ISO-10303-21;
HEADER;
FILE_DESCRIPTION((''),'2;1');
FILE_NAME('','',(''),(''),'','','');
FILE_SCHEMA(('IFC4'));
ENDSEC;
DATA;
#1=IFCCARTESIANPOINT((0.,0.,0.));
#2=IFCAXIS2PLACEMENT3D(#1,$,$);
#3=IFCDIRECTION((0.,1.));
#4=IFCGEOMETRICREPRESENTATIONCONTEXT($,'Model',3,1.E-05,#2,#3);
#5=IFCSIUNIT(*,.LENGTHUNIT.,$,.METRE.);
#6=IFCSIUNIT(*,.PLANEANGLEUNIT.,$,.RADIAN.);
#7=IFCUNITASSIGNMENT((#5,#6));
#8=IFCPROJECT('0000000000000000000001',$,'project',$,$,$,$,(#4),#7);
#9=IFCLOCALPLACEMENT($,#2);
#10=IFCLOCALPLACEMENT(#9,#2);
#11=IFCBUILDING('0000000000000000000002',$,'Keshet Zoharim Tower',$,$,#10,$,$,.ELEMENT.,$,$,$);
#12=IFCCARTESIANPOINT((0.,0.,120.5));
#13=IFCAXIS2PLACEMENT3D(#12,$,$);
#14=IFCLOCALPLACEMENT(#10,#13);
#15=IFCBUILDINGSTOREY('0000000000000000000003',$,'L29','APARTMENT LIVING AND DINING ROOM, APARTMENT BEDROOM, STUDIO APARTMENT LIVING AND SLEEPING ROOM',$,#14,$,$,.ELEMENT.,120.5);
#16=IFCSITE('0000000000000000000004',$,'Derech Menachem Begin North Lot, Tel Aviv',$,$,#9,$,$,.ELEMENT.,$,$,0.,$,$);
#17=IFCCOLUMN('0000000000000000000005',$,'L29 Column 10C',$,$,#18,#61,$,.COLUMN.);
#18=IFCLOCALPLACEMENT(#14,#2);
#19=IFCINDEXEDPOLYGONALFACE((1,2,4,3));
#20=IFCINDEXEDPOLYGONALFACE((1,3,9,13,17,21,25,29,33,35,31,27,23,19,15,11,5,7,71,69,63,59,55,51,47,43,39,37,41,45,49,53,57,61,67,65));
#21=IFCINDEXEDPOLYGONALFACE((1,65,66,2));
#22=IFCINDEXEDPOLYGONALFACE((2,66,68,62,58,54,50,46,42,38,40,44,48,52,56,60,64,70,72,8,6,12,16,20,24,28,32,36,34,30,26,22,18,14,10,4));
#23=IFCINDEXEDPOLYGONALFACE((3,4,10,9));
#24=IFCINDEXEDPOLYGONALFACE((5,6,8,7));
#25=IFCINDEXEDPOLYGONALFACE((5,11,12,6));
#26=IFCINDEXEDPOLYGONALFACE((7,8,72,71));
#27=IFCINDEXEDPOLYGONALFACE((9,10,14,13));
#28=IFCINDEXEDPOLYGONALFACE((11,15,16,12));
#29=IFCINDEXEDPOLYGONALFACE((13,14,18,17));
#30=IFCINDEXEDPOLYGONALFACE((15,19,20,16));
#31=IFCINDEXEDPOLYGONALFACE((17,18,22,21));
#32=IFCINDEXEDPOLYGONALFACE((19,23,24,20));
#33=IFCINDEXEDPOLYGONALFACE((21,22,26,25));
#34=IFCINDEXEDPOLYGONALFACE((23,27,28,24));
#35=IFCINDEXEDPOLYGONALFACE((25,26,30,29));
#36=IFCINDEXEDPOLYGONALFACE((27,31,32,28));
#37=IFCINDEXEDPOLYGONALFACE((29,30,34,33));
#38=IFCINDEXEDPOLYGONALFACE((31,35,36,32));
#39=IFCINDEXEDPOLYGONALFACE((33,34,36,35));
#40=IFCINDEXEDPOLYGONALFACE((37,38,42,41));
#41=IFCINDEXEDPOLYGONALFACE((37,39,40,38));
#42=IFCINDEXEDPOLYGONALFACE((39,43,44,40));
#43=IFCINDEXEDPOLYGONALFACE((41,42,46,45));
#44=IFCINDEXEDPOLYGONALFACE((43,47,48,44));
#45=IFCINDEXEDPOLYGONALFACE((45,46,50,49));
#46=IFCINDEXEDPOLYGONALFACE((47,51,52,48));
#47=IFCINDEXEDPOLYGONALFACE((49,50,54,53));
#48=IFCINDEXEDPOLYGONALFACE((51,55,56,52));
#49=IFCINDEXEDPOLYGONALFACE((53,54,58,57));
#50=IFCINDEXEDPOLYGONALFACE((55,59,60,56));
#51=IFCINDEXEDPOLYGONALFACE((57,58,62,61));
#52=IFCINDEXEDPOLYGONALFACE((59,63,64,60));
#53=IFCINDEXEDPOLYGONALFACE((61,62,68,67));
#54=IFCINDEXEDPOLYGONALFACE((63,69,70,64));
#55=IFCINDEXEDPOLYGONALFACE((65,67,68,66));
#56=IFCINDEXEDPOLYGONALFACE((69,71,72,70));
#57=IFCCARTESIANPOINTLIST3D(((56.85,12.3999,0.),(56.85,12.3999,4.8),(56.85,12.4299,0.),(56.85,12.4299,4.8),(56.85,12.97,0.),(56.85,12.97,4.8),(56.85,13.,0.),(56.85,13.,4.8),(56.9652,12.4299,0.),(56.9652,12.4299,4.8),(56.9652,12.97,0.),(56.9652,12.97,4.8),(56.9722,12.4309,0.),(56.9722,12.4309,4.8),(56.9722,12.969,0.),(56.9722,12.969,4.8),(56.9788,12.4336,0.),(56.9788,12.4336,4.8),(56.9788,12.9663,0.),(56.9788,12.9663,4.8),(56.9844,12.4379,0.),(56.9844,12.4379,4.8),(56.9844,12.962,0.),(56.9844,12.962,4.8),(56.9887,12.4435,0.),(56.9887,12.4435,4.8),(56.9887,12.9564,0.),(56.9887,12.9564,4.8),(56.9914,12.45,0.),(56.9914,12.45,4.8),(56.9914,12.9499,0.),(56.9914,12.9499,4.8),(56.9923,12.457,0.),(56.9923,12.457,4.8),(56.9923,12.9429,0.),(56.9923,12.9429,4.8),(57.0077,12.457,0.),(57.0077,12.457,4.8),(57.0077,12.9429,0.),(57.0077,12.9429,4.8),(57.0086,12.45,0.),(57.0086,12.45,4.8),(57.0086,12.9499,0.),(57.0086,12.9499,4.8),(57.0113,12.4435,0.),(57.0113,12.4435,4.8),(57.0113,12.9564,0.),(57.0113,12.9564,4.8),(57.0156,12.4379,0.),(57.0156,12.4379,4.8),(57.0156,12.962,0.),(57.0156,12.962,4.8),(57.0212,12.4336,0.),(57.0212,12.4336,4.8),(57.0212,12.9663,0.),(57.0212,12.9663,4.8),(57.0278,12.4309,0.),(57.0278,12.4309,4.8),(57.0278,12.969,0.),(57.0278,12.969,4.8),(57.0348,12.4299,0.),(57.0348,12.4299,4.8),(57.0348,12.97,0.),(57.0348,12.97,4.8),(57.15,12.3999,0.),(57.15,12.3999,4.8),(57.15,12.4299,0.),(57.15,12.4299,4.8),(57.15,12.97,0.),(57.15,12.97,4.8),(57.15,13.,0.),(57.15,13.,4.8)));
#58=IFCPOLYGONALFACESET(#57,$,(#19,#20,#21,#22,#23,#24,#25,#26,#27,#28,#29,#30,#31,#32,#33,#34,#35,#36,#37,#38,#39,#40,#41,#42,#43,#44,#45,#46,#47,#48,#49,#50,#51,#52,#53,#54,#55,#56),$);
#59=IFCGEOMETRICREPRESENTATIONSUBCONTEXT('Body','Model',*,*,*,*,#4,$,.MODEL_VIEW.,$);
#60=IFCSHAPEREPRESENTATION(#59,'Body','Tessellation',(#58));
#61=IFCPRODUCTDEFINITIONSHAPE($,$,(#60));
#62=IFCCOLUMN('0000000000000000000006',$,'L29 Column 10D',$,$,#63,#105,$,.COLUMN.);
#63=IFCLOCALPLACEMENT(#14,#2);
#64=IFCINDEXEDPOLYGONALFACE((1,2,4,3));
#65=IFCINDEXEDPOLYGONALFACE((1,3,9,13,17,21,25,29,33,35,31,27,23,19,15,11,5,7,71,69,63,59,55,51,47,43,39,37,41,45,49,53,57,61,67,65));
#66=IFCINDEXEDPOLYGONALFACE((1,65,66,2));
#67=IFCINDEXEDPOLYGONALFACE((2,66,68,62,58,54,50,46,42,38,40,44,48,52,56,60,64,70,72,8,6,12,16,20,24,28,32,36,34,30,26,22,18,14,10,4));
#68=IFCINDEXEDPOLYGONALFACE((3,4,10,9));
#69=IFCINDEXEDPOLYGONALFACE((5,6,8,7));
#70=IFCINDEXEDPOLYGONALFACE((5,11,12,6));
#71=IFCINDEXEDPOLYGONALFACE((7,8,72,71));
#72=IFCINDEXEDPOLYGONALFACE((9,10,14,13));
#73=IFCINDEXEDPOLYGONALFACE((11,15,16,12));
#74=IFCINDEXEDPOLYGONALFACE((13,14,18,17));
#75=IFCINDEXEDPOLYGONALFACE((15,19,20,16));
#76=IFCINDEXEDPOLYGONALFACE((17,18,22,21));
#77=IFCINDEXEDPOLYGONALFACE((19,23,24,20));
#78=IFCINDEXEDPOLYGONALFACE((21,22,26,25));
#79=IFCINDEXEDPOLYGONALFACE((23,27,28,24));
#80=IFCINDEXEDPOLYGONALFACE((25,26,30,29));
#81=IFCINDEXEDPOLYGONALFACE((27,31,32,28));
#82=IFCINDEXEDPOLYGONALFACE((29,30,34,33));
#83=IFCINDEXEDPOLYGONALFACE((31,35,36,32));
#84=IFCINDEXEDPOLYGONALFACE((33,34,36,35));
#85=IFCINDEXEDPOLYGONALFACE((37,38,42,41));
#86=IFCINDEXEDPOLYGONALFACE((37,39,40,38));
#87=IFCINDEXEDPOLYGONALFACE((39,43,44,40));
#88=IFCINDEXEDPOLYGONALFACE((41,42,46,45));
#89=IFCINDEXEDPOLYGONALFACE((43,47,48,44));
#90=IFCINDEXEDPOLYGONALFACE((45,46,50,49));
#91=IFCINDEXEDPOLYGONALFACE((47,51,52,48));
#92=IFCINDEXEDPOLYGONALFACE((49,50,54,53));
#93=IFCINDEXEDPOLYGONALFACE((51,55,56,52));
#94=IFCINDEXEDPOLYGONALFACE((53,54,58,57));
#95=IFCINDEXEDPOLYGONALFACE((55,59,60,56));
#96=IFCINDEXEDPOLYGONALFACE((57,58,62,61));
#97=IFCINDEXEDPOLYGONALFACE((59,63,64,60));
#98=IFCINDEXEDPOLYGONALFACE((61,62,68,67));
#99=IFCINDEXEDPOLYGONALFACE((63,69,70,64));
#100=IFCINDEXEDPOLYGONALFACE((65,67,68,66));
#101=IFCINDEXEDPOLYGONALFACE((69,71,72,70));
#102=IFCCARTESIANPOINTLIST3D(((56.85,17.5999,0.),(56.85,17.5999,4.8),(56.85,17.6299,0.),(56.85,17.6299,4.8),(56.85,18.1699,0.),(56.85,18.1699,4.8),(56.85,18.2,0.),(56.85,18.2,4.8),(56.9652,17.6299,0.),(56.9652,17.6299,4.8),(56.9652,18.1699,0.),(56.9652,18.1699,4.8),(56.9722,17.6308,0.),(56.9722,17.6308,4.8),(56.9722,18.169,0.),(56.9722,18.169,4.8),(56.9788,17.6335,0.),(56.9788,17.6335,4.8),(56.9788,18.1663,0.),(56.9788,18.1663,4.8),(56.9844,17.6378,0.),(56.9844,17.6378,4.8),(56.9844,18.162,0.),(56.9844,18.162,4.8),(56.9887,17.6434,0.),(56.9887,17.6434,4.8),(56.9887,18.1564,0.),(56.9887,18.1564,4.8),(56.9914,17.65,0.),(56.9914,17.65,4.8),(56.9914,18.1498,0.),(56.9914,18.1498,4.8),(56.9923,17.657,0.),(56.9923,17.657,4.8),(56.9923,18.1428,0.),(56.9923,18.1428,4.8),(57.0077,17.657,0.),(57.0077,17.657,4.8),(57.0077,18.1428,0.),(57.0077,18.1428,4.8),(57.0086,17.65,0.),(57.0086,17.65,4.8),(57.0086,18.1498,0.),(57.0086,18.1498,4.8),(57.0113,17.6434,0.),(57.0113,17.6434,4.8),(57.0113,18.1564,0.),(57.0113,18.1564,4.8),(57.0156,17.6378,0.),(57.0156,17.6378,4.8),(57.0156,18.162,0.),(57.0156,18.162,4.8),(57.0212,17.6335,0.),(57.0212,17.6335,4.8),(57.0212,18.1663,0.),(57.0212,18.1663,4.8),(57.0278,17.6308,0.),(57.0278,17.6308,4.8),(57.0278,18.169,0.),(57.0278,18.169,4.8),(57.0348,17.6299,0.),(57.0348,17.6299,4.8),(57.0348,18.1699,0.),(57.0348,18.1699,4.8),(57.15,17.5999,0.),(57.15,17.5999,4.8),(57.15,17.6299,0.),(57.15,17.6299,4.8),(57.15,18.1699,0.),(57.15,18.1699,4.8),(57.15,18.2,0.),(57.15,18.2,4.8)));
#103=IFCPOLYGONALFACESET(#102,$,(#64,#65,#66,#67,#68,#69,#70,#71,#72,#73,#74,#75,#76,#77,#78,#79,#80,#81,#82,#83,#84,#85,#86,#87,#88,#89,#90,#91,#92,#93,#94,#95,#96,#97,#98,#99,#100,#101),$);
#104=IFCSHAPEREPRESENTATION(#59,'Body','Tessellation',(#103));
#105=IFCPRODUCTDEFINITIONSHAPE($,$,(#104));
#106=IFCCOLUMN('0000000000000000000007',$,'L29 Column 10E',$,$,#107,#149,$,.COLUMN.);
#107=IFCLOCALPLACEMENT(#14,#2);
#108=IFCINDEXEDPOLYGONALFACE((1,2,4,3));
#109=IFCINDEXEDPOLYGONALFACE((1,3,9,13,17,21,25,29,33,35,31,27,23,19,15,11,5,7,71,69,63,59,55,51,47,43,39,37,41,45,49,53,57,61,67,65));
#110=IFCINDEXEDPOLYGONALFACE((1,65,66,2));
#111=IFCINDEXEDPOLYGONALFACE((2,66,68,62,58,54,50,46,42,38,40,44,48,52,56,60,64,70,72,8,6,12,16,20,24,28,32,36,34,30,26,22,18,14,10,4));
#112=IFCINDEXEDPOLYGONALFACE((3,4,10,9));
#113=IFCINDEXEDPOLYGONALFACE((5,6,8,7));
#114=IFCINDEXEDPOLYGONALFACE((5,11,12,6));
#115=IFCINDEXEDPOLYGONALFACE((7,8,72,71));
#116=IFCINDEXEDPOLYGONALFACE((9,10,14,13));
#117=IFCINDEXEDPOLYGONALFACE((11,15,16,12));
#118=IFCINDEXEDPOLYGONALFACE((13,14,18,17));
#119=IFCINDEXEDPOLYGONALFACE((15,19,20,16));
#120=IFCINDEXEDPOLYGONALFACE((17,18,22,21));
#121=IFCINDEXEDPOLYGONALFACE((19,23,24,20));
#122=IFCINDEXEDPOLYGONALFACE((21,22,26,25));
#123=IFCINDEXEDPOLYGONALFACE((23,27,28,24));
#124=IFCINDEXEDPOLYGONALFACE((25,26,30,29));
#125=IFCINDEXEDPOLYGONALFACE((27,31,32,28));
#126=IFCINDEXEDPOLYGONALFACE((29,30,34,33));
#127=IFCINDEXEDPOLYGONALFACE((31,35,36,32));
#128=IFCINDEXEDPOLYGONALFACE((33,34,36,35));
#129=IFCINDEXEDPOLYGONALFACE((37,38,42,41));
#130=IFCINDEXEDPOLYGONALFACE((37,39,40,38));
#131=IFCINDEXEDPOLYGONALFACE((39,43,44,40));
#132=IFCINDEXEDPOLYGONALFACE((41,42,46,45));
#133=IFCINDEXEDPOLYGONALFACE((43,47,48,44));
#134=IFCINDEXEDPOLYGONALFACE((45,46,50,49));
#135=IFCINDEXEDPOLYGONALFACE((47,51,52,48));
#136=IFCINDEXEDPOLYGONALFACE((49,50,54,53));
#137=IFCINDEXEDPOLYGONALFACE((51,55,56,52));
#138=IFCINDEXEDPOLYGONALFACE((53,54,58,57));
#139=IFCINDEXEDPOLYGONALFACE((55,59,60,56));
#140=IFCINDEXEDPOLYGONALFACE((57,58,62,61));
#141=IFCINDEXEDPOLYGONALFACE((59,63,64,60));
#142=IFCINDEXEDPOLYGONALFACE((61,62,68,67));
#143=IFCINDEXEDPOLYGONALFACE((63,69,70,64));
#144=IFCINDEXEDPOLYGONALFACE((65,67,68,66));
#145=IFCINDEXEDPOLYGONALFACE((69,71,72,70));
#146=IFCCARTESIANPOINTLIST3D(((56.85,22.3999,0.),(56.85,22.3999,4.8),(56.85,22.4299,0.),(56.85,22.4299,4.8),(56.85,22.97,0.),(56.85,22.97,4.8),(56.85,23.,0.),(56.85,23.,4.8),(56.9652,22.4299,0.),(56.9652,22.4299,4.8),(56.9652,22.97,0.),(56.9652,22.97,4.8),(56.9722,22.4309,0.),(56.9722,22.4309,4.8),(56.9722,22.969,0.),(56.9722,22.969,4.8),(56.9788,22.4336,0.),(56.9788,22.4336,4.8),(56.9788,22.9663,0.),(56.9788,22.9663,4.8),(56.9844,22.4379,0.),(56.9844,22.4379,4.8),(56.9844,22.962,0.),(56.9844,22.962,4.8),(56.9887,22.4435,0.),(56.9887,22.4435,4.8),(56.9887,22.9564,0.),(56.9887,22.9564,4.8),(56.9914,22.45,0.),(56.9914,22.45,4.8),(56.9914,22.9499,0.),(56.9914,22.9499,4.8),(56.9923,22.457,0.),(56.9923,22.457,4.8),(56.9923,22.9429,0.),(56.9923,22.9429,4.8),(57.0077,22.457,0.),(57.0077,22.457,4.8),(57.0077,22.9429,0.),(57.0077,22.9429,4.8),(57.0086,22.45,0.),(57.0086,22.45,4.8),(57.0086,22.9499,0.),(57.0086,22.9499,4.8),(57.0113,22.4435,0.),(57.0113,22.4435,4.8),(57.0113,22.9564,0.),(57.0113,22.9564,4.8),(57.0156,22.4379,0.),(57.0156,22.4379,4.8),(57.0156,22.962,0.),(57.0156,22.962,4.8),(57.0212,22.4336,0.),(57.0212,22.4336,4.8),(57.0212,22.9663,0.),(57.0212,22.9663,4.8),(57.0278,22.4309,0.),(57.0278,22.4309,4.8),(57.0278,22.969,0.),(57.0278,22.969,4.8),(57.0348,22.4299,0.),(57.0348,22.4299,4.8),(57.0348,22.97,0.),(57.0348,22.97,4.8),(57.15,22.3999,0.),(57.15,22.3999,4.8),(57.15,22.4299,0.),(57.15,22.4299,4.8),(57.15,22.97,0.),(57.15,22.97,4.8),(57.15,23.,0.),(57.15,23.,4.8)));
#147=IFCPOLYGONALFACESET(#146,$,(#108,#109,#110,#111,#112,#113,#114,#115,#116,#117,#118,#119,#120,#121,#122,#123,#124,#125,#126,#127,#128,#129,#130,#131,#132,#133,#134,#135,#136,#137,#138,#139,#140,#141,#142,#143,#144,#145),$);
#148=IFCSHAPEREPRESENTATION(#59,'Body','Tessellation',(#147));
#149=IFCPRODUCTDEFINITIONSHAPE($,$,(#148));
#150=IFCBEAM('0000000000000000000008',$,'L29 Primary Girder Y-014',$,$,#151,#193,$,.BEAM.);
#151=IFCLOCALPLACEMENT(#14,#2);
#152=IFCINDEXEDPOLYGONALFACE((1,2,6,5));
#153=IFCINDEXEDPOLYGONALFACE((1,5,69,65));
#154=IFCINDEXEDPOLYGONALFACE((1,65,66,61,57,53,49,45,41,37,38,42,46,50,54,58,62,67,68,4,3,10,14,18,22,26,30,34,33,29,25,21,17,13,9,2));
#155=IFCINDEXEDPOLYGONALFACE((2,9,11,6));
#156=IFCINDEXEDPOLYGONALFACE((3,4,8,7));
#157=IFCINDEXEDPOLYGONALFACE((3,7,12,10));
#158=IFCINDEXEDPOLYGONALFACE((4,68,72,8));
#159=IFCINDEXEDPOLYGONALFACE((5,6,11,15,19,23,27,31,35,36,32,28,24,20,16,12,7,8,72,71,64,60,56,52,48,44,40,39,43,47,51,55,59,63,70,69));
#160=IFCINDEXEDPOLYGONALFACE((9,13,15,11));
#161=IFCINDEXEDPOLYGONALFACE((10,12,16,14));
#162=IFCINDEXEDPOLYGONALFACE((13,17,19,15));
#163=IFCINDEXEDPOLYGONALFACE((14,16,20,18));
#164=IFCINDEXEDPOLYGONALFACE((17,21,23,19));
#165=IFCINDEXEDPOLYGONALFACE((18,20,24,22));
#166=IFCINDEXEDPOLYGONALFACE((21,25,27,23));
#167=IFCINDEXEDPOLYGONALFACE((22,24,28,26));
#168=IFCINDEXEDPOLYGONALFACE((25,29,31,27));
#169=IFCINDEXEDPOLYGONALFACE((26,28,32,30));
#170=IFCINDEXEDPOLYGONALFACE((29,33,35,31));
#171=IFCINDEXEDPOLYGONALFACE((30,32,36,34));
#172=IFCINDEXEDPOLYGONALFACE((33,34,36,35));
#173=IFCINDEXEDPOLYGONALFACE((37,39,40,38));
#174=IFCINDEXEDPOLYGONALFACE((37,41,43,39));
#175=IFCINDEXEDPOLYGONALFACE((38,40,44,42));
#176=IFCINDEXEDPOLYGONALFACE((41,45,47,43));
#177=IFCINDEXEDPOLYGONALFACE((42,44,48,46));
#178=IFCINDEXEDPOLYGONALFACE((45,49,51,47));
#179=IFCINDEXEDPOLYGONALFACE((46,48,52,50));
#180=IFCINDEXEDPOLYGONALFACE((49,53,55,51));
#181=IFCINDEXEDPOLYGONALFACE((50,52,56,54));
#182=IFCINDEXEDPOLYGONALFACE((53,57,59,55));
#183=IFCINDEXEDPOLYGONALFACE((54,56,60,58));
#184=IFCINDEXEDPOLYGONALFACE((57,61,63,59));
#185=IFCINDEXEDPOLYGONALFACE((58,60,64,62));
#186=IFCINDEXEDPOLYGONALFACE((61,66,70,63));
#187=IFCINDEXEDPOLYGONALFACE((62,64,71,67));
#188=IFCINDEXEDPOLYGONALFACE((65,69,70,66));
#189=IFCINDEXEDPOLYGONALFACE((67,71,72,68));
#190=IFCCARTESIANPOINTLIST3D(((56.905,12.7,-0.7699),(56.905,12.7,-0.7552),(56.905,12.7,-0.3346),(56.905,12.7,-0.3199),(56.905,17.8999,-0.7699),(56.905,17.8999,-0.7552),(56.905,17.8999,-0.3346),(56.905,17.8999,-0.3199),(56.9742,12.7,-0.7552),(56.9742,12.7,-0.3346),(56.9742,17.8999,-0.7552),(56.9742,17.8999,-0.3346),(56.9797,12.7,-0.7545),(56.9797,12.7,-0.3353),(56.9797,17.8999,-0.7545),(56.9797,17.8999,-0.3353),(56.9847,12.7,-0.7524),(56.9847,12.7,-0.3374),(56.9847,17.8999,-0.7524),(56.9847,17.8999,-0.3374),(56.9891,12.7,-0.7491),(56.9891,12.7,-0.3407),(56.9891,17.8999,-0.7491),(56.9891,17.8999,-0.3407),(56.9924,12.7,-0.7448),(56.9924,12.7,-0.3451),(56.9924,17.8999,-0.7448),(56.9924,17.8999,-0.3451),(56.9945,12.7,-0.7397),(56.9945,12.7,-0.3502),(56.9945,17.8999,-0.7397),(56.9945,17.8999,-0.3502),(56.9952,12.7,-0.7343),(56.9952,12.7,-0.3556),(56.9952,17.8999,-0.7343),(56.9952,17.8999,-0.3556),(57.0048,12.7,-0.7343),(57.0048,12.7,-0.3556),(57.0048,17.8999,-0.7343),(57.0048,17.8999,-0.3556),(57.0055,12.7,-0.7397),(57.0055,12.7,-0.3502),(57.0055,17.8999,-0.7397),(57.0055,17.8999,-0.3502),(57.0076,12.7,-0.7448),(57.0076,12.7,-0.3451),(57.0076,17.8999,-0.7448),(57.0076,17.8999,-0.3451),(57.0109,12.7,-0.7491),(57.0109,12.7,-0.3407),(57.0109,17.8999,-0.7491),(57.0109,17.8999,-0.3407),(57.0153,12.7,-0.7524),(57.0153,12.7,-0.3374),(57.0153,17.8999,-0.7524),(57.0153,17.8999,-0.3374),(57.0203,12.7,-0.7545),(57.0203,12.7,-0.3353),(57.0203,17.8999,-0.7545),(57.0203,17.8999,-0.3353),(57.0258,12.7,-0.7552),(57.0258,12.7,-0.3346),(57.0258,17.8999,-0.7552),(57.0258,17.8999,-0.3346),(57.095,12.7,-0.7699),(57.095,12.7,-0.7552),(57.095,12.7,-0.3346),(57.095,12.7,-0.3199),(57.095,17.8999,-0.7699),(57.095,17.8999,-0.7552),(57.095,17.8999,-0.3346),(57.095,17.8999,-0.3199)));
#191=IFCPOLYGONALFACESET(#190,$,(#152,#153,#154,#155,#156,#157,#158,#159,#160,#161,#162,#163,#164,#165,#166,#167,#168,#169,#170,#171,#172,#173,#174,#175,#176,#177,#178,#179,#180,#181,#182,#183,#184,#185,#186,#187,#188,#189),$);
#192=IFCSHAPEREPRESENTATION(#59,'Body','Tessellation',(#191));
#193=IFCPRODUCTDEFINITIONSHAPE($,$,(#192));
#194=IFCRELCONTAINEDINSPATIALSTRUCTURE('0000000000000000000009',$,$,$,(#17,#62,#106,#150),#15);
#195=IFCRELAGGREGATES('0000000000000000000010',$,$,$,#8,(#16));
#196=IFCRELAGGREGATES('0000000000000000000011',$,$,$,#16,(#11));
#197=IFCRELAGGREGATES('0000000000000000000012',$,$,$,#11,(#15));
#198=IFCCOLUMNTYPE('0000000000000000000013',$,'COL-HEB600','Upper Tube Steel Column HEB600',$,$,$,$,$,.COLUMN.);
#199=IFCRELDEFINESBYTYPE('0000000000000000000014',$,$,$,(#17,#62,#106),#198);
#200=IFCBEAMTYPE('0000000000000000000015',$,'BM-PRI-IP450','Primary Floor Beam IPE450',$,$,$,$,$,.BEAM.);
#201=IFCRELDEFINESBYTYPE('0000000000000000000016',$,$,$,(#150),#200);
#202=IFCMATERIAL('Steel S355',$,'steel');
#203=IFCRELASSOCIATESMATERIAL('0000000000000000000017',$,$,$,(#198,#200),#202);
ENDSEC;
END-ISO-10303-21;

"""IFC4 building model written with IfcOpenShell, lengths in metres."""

from ifc_helpers import new_model, si_unit, direction, frame, origin, origin_2d, place, context, subcontext, project, spatial, i_section, extrude, material, material_profile, profile_set, type_object, element, save


model = new_model("IFC4")

# Units and contexts
model_context = context("Model", 3, precision=1e-05, world=origin(), true_north=direction((0.0, 1.0)))
body_context = subcontext(model_context, "Body", "Model", "MODEL_VIEW")
ifc_project = project(units=[si_unit("LENGTHUNIT", "METRE"), si_unit("PLANEANGLEUNIT", "RADIAN")], contexts=[model_context])

# Site, building, storey
site_placement = place(None, origin())
site = spatial("IfcSite", under=ifc_project, at=site_placement, Name="Derech Menachem Begin North Lot, Tel Aviv", CompositionType="ELEMENT", RefElevation=0.0)
building_placement = place(site_placement, origin())
building = spatial("IfcBuilding", under=site, at=building_placement, Name="Keshet Zoharim Tower", CompositionType="ELEMENT")
storey_placement = place(building_placement, frame((0.0, 0.0, 120.5)))
storey = spatial("IfcBuildingStorey", under=building, at=storey_placement, Name="L29", Description="APARTMENT LIVING AND DINING ROOM, APARTMENT BEDROOM, STUDIO APARTMENT LIVING AND SLEEPING ROOM", CompositionType="ELEMENT", Elevation=120.5)

# Columns
ifc_material_1 = material(Name="Steel S355", Category="steel")
ifc_material_profile_1 = material_profile(ifc_material_1, i_section(OverallWidth=0.3, OverallDepth=0.6001, WebThickness=0.0154, FlangeThickness=0.03, FilletRadius=0.0271, at=origin_2d()), Name="HEB600")
ifc_profile_set_1 = profile_set([ifc_material_profile_1], Name="Steel S355")
column_type = type_object("IfcColumnType", Name="COL-HEB600", Description="Upper Tube Steel Column HEB600", PredefinedType="COLUMN", material=ifc_profile_set_1)
for number, where, z_axis, x_axis, name in (
    (1, (57.0, 12.7, 0.0), (0.0, 0.0, 1.0), (1.0, 0.0, 0.0), "L29 Column 10C"),
    (2, (57.0, 17.8999, 0.0), (0.0, 0.0, 1.0), (1.0, 0.0, 0.0), "L29 Column 10D"),
    (3, (57.0, 22.7, 0.0), (0.0, 0.0, 1.0), (1.0, 0.0, 0.0), "L29 Column 10E"),
):
    element("IfcColumn", number, at=place(storey_placement, frame(where, z_axis=z_axis, x_axis=x_axis)), inside=storey, type_object=column_type, Name=name, PredefinedType="COLUMN", context=body_context, shape_type="SweptSolid", body=[
        extrude(i_section(OverallWidth=0.3, OverallDepth=0.6001, WebThickness=0.0154, FlangeThickness=0.03, FilletRadius=0.0271, at=origin_2d()), origin(), (0.0, 0.0, 1.0), 4.8),
    ])

# Beam
ifc_material_profile_2 = material_profile(ifc_material_1, i_section(OverallWidth=0.1899, OverallDepth=0.45, WebThickness=0.0095, FlangeThickness=0.0146, FilletRadius=0.021, at=origin_2d()), Name="IPE450")
ifc_profile_set_2 = profile_set([ifc_material_profile_2], Name="Steel S355")
beam_type = type_object("IfcBeamType", Name="BM-PRI-IP450", Description="Primary Floor Beam IPE450", PredefinedType="BEAM", material=ifc_profile_set_2)
beam_1_placement = place(storey_placement, frame((57.0, 12.7, -0.5449), z_axis=(0.0, 1.0, 0.0), x_axis=(-1.0, 0.0, 0.0)))
element("IfcBeam", 4, at=beam_1_placement, inside=storey, type_object=beam_type, Name="L29 Primary Girder Y-014", PredefinedType="BEAM", context=body_context, shape_type="SweptSolid", body=[
    extrude(i_section(OverallWidth=0.1899, OverallDepth=0.45, WebThickness=0.0095, FlangeThickness=0.0146, FilletRadius=0.021, at=origin_2d()), origin(), (0.0, 0.0, 1.0), 5.2),
])

save(model, "model.ifc")
